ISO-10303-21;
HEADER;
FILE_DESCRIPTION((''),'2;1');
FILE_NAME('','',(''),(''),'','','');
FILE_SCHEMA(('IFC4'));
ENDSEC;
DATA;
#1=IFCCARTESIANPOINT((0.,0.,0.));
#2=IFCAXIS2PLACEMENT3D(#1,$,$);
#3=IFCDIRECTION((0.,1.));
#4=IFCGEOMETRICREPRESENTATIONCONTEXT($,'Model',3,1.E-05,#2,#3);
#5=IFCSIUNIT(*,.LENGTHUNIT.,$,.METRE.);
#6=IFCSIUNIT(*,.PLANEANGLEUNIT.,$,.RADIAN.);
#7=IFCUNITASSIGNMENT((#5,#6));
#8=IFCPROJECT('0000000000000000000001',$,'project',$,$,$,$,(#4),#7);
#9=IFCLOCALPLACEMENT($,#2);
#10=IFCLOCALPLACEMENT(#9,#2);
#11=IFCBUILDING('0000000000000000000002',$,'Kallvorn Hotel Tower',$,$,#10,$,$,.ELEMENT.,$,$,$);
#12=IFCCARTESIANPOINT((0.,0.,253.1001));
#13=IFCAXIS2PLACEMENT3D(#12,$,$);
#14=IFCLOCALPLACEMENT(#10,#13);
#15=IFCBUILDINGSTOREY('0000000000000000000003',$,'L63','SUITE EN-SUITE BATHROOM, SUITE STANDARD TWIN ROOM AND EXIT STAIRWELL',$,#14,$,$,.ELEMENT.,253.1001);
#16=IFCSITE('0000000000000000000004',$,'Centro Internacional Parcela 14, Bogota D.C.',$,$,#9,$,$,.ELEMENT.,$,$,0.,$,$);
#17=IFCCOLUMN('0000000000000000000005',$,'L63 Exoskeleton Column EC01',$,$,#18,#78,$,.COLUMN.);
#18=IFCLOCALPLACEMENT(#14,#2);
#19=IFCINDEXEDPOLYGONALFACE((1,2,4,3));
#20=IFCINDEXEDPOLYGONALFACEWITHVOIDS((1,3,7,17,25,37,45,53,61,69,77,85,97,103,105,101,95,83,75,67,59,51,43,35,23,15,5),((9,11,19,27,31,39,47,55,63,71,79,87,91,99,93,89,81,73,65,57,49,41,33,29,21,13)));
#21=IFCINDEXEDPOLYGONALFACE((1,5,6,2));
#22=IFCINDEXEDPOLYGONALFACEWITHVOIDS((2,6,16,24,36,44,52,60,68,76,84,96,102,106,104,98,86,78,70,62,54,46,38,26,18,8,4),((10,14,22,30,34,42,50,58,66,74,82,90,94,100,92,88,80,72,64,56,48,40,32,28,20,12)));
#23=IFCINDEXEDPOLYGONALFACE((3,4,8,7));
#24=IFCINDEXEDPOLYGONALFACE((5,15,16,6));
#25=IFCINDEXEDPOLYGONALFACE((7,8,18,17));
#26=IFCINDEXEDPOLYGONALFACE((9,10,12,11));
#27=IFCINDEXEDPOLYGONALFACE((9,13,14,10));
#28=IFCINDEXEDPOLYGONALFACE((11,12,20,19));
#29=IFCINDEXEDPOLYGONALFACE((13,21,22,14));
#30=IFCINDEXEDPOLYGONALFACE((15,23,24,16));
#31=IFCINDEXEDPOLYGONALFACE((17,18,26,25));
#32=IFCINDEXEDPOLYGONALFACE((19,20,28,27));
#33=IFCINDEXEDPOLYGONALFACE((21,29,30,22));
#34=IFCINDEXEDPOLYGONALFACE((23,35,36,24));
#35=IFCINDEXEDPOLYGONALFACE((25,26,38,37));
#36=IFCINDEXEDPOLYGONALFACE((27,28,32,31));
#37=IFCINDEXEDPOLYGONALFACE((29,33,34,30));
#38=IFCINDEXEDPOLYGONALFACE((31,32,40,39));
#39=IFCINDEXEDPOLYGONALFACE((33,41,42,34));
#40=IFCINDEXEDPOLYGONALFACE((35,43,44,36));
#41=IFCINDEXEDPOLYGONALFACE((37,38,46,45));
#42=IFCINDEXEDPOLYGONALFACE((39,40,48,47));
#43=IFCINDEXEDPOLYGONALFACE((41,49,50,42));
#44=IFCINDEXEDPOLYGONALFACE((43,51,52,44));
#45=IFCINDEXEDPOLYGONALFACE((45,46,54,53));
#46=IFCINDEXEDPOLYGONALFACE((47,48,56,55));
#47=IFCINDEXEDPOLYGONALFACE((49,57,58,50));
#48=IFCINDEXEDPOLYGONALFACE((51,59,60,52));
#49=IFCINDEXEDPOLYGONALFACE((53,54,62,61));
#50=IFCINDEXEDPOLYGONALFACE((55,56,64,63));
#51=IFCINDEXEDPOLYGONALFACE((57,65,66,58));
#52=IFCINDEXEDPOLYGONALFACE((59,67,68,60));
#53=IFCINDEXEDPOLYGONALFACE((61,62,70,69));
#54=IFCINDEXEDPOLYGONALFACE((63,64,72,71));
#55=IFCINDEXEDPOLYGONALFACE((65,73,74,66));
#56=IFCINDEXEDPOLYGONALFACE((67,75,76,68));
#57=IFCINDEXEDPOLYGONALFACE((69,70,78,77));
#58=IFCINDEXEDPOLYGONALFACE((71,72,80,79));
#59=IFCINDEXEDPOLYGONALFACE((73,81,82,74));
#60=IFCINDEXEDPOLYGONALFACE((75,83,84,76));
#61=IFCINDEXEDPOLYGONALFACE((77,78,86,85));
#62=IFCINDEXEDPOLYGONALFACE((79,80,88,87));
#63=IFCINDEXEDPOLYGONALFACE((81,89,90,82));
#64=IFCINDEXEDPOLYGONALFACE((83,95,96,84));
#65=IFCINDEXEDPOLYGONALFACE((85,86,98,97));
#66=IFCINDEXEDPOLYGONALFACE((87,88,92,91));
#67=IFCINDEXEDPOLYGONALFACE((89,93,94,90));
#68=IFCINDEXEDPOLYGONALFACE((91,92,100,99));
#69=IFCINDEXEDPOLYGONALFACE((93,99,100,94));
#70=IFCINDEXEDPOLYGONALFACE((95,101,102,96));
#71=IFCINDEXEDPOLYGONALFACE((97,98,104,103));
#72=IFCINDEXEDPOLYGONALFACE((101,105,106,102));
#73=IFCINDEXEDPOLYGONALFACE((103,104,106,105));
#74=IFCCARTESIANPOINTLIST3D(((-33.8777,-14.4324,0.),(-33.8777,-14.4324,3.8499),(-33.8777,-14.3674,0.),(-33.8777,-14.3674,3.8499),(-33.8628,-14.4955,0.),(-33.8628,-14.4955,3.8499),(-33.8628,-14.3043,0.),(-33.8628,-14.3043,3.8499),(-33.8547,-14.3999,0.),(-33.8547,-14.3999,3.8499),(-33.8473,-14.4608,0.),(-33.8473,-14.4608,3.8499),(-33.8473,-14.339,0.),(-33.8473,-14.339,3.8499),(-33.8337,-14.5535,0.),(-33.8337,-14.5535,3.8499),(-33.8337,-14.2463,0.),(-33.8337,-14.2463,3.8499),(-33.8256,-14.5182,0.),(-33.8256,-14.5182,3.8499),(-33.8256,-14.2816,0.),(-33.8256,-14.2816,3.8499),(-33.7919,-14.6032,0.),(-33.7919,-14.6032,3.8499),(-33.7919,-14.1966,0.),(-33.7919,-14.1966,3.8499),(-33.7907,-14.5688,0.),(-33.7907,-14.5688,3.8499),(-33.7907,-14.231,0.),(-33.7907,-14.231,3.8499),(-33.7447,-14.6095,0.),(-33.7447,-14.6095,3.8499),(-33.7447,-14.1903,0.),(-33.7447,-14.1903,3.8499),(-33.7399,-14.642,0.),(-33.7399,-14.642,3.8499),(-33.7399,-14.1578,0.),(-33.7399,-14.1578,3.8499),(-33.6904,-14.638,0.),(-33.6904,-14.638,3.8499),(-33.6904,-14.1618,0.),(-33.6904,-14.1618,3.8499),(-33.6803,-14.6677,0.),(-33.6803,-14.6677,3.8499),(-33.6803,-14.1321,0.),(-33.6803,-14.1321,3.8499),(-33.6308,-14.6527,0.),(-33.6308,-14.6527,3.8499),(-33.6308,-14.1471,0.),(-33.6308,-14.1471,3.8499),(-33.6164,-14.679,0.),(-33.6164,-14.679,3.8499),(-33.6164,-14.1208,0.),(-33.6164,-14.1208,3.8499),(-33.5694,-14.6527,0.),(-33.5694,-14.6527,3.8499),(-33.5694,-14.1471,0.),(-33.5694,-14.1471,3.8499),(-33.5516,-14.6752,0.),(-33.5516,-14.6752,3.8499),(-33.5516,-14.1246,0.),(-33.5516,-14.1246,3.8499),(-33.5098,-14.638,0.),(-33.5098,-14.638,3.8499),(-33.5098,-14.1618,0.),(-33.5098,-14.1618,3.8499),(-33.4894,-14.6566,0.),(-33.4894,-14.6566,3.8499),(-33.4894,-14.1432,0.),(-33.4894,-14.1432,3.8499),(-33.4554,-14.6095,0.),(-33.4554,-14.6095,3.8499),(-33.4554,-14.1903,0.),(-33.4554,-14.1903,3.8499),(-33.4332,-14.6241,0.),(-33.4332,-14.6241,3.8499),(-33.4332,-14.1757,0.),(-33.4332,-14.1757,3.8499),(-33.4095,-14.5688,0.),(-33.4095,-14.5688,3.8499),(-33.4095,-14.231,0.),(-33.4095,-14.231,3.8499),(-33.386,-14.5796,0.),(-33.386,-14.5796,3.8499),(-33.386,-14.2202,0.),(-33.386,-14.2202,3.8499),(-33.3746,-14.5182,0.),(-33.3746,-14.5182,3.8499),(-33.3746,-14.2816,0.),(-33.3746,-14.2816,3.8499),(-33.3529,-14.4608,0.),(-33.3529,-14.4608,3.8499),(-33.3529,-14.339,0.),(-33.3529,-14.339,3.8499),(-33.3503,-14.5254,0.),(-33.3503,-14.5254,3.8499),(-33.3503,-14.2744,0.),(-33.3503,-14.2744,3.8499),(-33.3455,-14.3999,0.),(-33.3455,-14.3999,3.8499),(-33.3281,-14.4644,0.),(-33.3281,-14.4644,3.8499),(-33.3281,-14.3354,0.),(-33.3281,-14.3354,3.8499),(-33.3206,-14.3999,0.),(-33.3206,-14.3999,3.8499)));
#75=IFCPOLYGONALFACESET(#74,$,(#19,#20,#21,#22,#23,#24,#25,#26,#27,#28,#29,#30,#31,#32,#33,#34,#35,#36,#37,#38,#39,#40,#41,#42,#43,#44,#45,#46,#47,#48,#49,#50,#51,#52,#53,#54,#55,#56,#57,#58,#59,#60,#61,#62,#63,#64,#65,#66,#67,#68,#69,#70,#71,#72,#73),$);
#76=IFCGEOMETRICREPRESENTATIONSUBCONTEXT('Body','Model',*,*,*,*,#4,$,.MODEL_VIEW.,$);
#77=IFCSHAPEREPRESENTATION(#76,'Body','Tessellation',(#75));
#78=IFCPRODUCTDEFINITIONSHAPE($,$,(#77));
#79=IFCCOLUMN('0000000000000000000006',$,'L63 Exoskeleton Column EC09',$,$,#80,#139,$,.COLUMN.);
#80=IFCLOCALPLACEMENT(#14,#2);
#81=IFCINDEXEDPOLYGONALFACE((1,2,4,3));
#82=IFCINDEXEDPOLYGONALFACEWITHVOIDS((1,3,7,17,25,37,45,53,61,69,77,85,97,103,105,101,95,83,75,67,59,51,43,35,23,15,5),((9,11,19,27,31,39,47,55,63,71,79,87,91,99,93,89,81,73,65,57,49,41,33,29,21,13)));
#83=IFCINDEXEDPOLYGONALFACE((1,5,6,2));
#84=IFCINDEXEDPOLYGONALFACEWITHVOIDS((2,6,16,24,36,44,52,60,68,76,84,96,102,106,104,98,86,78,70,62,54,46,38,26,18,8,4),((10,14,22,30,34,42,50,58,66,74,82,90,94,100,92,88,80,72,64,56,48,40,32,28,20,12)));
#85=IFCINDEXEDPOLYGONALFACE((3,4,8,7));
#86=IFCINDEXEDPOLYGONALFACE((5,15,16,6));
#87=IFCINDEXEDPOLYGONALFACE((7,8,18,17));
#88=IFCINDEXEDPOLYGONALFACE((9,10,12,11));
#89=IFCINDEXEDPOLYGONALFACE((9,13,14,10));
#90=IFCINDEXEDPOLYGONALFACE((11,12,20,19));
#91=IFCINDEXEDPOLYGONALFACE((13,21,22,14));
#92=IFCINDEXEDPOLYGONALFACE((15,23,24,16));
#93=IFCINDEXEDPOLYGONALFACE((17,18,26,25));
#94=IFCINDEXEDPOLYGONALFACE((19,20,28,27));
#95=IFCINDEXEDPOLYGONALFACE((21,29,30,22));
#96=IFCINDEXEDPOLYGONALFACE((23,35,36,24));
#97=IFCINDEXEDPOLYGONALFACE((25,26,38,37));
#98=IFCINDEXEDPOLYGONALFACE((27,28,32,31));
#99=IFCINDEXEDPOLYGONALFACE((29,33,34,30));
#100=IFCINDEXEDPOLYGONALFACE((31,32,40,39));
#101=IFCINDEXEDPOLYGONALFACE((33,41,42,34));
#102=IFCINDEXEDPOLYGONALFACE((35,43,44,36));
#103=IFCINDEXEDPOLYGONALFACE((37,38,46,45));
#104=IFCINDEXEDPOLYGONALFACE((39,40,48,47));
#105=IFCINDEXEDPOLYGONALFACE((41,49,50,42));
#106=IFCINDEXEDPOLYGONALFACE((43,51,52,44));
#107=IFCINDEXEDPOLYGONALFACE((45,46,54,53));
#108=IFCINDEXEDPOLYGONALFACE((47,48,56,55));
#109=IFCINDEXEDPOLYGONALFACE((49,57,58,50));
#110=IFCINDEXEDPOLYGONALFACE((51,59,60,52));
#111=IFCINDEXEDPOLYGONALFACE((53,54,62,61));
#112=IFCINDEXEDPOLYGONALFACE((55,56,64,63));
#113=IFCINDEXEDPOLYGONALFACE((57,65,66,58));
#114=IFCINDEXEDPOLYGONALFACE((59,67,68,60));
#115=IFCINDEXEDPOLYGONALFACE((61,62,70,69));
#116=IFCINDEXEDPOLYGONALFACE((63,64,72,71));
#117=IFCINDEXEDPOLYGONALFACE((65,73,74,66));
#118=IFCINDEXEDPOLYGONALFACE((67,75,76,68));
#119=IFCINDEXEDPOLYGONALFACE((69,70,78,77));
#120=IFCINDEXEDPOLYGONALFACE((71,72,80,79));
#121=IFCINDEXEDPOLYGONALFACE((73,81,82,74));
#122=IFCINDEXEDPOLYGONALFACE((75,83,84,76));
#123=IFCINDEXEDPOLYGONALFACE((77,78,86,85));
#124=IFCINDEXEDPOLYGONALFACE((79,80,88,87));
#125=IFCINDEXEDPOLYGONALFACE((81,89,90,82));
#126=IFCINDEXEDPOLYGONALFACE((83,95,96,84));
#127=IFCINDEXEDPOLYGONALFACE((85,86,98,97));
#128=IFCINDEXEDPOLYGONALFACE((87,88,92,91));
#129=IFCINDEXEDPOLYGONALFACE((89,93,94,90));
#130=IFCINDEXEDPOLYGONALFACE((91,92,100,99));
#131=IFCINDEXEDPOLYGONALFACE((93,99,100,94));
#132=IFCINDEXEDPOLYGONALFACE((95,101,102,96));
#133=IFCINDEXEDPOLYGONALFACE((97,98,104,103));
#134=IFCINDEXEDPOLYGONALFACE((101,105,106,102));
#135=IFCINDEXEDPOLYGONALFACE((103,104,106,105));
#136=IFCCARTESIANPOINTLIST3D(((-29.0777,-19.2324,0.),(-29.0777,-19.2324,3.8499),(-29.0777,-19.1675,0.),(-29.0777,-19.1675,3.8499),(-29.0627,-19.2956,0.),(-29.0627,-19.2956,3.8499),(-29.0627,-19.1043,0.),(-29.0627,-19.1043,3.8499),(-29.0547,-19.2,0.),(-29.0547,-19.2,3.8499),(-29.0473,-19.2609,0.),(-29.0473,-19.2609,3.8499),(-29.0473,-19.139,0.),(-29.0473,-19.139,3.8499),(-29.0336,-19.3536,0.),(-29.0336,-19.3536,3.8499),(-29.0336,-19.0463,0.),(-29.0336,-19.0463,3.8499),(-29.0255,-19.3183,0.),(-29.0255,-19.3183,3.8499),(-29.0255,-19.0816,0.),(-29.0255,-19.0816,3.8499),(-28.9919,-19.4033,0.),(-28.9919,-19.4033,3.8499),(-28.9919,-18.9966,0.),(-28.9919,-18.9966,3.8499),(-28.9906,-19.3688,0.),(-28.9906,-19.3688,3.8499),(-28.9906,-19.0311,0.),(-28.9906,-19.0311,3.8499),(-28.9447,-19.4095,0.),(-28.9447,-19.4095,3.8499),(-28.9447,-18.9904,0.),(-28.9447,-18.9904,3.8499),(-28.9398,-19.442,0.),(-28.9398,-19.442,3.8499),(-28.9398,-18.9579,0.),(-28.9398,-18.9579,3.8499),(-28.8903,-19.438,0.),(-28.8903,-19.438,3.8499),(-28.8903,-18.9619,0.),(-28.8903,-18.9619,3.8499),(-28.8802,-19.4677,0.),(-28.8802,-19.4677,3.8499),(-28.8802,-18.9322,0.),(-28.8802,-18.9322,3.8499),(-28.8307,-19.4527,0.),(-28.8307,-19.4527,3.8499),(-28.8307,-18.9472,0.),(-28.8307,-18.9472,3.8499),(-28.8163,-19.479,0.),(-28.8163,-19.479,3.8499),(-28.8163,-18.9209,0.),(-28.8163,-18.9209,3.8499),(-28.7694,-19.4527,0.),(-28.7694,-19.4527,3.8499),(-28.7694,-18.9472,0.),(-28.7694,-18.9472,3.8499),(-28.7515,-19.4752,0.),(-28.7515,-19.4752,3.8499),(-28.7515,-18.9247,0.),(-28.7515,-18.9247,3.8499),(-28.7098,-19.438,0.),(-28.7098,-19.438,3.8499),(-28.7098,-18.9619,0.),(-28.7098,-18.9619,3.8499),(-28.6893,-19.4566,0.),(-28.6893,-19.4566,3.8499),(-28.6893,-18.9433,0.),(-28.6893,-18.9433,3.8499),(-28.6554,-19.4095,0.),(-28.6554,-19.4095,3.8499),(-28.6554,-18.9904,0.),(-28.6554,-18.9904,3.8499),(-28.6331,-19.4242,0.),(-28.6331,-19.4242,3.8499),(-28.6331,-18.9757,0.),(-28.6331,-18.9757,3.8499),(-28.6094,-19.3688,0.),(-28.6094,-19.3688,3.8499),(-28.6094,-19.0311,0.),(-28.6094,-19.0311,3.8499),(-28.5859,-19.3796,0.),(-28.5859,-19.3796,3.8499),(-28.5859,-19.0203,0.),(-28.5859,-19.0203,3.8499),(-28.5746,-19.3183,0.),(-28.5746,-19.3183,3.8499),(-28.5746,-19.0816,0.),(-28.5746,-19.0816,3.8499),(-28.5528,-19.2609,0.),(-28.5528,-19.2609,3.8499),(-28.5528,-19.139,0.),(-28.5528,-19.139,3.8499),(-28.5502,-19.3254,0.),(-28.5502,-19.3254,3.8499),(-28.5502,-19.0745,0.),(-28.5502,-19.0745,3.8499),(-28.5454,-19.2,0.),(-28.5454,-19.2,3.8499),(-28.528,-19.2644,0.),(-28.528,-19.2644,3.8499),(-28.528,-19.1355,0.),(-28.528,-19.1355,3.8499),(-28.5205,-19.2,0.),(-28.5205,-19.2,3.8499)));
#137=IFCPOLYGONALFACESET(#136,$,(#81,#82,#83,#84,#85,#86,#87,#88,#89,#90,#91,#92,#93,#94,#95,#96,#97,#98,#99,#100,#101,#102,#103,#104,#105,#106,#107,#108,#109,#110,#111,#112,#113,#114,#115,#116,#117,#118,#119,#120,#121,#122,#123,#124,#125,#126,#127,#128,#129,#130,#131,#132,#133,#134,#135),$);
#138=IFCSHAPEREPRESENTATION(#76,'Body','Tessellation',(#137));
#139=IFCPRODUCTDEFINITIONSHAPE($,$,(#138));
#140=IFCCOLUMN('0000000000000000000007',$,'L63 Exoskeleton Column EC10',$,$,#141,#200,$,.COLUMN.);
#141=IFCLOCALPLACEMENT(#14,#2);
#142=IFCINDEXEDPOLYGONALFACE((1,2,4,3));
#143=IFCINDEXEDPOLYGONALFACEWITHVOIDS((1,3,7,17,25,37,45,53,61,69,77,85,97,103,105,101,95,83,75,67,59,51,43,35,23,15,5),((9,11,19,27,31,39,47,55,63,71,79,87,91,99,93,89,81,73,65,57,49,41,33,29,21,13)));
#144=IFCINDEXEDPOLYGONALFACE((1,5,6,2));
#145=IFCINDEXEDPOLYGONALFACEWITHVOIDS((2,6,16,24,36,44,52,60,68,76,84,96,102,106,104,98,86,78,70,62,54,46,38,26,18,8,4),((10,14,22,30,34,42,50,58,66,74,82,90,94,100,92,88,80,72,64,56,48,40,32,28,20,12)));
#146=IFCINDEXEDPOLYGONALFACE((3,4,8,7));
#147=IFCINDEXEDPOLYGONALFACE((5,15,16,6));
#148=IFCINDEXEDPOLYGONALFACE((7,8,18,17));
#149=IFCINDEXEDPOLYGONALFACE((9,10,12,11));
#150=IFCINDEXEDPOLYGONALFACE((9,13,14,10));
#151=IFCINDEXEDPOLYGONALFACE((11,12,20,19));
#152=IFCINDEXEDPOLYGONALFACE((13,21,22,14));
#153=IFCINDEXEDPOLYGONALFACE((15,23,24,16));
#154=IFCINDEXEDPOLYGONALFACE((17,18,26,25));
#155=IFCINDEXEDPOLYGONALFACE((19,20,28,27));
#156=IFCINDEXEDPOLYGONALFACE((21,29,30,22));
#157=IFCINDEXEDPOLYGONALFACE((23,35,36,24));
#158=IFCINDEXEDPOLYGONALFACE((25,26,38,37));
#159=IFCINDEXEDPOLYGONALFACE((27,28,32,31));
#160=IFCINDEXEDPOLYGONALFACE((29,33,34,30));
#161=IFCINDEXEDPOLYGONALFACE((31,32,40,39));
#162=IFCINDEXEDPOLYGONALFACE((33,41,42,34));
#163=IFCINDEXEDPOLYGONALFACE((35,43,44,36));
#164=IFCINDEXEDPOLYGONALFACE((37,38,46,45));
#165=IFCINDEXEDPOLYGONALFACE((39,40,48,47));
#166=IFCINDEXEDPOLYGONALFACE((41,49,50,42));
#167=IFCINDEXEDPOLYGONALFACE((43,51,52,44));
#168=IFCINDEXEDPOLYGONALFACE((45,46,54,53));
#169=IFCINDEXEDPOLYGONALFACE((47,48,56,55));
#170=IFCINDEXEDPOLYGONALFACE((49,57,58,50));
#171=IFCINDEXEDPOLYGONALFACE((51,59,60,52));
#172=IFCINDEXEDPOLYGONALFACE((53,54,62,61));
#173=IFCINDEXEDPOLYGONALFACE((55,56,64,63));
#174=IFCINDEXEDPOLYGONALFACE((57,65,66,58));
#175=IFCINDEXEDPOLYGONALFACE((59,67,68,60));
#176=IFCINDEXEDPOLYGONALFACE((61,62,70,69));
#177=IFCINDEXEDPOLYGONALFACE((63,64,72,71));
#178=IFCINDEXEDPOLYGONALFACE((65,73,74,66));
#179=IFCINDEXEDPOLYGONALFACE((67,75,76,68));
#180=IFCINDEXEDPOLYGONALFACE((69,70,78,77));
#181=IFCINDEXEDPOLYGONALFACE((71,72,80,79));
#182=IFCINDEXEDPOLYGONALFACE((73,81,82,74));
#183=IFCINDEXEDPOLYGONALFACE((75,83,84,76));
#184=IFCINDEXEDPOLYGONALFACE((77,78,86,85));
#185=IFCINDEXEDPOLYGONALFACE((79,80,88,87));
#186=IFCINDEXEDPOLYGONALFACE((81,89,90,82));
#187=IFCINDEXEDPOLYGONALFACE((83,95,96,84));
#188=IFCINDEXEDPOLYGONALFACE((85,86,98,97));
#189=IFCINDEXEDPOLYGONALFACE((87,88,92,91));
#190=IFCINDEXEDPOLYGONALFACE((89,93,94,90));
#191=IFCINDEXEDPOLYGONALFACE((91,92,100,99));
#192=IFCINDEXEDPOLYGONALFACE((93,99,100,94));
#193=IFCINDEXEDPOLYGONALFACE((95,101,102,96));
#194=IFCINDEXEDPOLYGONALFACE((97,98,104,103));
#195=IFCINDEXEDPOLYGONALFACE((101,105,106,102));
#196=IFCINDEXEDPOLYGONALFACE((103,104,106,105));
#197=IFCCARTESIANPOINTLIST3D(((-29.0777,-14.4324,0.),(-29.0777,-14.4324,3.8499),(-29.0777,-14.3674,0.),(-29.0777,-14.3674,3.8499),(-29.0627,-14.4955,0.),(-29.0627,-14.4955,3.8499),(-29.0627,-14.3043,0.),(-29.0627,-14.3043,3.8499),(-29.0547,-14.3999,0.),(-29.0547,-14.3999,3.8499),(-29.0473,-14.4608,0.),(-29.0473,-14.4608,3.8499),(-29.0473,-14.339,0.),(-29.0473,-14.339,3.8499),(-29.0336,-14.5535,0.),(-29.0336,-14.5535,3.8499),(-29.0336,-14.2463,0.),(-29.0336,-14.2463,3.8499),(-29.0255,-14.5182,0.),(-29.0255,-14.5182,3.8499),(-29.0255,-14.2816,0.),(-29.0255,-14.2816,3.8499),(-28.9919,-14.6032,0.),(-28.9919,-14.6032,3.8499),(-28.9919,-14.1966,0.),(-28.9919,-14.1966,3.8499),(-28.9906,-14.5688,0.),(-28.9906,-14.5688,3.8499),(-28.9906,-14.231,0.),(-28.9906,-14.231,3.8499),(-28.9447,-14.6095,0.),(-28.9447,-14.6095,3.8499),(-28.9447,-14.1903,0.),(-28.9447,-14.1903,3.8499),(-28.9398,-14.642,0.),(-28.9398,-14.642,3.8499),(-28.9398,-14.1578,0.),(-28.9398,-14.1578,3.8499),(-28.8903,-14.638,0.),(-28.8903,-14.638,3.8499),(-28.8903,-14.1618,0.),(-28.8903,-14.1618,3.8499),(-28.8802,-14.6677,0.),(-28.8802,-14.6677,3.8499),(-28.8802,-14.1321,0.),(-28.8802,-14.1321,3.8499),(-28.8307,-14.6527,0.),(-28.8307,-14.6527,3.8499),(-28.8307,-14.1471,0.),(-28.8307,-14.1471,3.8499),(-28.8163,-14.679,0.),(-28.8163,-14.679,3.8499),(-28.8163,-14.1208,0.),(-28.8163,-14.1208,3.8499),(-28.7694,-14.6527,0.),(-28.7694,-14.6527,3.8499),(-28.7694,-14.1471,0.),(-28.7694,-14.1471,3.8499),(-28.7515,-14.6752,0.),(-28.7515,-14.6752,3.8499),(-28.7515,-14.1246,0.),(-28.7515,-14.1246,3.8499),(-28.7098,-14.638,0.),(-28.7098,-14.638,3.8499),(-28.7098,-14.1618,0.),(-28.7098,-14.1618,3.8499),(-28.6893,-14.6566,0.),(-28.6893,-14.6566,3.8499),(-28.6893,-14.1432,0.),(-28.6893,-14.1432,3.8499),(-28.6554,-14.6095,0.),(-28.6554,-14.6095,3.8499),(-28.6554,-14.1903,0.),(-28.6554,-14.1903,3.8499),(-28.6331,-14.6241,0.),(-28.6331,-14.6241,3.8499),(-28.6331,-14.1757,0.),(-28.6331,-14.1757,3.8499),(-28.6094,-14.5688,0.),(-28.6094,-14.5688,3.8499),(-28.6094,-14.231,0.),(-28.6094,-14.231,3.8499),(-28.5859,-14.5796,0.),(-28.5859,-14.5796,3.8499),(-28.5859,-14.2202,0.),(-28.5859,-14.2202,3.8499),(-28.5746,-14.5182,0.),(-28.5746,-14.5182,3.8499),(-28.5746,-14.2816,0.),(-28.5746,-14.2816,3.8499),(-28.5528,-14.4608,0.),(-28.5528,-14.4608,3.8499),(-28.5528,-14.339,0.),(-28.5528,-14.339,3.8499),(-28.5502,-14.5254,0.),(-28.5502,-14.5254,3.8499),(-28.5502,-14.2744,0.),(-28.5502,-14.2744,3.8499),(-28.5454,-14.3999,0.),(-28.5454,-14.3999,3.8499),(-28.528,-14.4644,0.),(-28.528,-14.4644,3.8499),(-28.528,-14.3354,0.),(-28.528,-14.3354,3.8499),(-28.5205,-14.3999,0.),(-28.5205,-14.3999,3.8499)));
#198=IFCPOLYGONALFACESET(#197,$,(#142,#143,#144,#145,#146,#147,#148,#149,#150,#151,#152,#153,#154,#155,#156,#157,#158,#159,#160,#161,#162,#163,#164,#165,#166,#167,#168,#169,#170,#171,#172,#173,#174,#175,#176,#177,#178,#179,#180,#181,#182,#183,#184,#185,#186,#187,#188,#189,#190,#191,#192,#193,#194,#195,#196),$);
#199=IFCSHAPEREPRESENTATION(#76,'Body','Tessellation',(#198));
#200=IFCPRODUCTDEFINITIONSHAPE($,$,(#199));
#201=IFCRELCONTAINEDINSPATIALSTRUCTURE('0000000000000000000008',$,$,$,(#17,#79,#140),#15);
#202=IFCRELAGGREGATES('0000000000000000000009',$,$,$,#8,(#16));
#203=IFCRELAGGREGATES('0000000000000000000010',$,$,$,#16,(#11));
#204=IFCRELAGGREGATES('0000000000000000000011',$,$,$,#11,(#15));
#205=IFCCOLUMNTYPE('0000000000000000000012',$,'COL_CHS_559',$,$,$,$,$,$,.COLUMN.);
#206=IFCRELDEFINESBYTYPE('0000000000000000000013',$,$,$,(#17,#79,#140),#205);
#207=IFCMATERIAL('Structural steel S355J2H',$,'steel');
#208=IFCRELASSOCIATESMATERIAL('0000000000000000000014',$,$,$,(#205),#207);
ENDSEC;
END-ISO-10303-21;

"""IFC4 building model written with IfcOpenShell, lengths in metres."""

from ifc_helpers import new_model, si_unit, direction, frame, origin, origin_2d, place, context, subcontext, project, spatial, hollow_circle, extrude, material, material_profile, profile_set, type_object, element, save


model = new_model("IFC4")

# Units and contexts
model_context = context("Model", 3, precision=1e-05, world=origin(), true_north=direction((0.0, 1.0)))
body_context = subcontext(model_context, "Body", "Model", "MODEL_VIEW")
ifc_project = project(units=[si_unit("LENGTHUNIT", "METRE"), si_unit("PLANEANGLEUNIT", "RADIAN")], contexts=[model_context])

# Site, building, storey
site_placement = place(None, origin())
site = spatial("IfcSite", under=ifc_project, at=site_placement, Name="Centro Internacional Parcela 14, Bogota D.C.", CompositionType="ELEMENT", RefElevation=0.0)
building_placement = place(site_placement, origin())
building = spatial("IfcBuilding", under=site, at=building_placement, Name="Kallvorn Hotel Tower", CompositionType="ELEMENT")
storey_placement = place(building_placement, frame((0.0, 0.0, 253.1001)))
storey = spatial("IfcBuildingStorey", under=building, at=storey_placement, Name="L63", Description="SUITE EN-SUITE BATHROOM, SUITE STANDARD TWIN ROOM AND EXIT STAIRWELL", CompositionType="ELEMENT", Elevation=253.1001)

# Columns
ifc_material_1 = material(Name="Structural steel S355J2H", Category="steel")
ifc_material_profile_1 = material_profile(ifc_material_1, hollow_circle(Radius=0.2795, WallThickness=0.0249, at=origin_2d()), Name="CHS 559x25")
ifc_profile_set_1 = profile_set([ifc_material_profile_1], Name="Structural steel S355J2H")
column_type_1 = type_object("IfcColumnType", Name="COL_CHS_559", PredefinedType="COLUMN", material=ifc_profile_set_1)
for number, where, z_axis, x_axis, name in (
    (1, (-33.6001, -14.3999, 0.0), (0.0, 0.0, 1.0), (1.0, 0.0, 0.0), "L63 Exoskeleton Column EC01"),
    (2, (-28.8, -19.2, 0.0), (0.0, 0.0, 1.0), (1.0, 0.0, 0.0), "L63 Exoskeleton Column EC09"),
    (3, (-28.8, -14.3999, 0.0), (0.0, 0.0, 1.0), (1.0, 0.0, 0.0), "L63 Exoskeleton Column EC10"),
):
    element("IfcColumn", number, at=place(storey_placement, frame(where, z_axis=z_axis, x_axis=x_axis)), inside=storey, type_object=column_type_1, Name=name, PredefinedType="COLUMN", context=body_context, shape_type="SweptSolid", body=[
        extrude(hollow_circle(Radius=0.2795, WallThickness=0.0249, at=origin_2d()), origin(), (0.0, 0.0, 1.0), 3.8499),
    ])

save(model, "model.ifc")
